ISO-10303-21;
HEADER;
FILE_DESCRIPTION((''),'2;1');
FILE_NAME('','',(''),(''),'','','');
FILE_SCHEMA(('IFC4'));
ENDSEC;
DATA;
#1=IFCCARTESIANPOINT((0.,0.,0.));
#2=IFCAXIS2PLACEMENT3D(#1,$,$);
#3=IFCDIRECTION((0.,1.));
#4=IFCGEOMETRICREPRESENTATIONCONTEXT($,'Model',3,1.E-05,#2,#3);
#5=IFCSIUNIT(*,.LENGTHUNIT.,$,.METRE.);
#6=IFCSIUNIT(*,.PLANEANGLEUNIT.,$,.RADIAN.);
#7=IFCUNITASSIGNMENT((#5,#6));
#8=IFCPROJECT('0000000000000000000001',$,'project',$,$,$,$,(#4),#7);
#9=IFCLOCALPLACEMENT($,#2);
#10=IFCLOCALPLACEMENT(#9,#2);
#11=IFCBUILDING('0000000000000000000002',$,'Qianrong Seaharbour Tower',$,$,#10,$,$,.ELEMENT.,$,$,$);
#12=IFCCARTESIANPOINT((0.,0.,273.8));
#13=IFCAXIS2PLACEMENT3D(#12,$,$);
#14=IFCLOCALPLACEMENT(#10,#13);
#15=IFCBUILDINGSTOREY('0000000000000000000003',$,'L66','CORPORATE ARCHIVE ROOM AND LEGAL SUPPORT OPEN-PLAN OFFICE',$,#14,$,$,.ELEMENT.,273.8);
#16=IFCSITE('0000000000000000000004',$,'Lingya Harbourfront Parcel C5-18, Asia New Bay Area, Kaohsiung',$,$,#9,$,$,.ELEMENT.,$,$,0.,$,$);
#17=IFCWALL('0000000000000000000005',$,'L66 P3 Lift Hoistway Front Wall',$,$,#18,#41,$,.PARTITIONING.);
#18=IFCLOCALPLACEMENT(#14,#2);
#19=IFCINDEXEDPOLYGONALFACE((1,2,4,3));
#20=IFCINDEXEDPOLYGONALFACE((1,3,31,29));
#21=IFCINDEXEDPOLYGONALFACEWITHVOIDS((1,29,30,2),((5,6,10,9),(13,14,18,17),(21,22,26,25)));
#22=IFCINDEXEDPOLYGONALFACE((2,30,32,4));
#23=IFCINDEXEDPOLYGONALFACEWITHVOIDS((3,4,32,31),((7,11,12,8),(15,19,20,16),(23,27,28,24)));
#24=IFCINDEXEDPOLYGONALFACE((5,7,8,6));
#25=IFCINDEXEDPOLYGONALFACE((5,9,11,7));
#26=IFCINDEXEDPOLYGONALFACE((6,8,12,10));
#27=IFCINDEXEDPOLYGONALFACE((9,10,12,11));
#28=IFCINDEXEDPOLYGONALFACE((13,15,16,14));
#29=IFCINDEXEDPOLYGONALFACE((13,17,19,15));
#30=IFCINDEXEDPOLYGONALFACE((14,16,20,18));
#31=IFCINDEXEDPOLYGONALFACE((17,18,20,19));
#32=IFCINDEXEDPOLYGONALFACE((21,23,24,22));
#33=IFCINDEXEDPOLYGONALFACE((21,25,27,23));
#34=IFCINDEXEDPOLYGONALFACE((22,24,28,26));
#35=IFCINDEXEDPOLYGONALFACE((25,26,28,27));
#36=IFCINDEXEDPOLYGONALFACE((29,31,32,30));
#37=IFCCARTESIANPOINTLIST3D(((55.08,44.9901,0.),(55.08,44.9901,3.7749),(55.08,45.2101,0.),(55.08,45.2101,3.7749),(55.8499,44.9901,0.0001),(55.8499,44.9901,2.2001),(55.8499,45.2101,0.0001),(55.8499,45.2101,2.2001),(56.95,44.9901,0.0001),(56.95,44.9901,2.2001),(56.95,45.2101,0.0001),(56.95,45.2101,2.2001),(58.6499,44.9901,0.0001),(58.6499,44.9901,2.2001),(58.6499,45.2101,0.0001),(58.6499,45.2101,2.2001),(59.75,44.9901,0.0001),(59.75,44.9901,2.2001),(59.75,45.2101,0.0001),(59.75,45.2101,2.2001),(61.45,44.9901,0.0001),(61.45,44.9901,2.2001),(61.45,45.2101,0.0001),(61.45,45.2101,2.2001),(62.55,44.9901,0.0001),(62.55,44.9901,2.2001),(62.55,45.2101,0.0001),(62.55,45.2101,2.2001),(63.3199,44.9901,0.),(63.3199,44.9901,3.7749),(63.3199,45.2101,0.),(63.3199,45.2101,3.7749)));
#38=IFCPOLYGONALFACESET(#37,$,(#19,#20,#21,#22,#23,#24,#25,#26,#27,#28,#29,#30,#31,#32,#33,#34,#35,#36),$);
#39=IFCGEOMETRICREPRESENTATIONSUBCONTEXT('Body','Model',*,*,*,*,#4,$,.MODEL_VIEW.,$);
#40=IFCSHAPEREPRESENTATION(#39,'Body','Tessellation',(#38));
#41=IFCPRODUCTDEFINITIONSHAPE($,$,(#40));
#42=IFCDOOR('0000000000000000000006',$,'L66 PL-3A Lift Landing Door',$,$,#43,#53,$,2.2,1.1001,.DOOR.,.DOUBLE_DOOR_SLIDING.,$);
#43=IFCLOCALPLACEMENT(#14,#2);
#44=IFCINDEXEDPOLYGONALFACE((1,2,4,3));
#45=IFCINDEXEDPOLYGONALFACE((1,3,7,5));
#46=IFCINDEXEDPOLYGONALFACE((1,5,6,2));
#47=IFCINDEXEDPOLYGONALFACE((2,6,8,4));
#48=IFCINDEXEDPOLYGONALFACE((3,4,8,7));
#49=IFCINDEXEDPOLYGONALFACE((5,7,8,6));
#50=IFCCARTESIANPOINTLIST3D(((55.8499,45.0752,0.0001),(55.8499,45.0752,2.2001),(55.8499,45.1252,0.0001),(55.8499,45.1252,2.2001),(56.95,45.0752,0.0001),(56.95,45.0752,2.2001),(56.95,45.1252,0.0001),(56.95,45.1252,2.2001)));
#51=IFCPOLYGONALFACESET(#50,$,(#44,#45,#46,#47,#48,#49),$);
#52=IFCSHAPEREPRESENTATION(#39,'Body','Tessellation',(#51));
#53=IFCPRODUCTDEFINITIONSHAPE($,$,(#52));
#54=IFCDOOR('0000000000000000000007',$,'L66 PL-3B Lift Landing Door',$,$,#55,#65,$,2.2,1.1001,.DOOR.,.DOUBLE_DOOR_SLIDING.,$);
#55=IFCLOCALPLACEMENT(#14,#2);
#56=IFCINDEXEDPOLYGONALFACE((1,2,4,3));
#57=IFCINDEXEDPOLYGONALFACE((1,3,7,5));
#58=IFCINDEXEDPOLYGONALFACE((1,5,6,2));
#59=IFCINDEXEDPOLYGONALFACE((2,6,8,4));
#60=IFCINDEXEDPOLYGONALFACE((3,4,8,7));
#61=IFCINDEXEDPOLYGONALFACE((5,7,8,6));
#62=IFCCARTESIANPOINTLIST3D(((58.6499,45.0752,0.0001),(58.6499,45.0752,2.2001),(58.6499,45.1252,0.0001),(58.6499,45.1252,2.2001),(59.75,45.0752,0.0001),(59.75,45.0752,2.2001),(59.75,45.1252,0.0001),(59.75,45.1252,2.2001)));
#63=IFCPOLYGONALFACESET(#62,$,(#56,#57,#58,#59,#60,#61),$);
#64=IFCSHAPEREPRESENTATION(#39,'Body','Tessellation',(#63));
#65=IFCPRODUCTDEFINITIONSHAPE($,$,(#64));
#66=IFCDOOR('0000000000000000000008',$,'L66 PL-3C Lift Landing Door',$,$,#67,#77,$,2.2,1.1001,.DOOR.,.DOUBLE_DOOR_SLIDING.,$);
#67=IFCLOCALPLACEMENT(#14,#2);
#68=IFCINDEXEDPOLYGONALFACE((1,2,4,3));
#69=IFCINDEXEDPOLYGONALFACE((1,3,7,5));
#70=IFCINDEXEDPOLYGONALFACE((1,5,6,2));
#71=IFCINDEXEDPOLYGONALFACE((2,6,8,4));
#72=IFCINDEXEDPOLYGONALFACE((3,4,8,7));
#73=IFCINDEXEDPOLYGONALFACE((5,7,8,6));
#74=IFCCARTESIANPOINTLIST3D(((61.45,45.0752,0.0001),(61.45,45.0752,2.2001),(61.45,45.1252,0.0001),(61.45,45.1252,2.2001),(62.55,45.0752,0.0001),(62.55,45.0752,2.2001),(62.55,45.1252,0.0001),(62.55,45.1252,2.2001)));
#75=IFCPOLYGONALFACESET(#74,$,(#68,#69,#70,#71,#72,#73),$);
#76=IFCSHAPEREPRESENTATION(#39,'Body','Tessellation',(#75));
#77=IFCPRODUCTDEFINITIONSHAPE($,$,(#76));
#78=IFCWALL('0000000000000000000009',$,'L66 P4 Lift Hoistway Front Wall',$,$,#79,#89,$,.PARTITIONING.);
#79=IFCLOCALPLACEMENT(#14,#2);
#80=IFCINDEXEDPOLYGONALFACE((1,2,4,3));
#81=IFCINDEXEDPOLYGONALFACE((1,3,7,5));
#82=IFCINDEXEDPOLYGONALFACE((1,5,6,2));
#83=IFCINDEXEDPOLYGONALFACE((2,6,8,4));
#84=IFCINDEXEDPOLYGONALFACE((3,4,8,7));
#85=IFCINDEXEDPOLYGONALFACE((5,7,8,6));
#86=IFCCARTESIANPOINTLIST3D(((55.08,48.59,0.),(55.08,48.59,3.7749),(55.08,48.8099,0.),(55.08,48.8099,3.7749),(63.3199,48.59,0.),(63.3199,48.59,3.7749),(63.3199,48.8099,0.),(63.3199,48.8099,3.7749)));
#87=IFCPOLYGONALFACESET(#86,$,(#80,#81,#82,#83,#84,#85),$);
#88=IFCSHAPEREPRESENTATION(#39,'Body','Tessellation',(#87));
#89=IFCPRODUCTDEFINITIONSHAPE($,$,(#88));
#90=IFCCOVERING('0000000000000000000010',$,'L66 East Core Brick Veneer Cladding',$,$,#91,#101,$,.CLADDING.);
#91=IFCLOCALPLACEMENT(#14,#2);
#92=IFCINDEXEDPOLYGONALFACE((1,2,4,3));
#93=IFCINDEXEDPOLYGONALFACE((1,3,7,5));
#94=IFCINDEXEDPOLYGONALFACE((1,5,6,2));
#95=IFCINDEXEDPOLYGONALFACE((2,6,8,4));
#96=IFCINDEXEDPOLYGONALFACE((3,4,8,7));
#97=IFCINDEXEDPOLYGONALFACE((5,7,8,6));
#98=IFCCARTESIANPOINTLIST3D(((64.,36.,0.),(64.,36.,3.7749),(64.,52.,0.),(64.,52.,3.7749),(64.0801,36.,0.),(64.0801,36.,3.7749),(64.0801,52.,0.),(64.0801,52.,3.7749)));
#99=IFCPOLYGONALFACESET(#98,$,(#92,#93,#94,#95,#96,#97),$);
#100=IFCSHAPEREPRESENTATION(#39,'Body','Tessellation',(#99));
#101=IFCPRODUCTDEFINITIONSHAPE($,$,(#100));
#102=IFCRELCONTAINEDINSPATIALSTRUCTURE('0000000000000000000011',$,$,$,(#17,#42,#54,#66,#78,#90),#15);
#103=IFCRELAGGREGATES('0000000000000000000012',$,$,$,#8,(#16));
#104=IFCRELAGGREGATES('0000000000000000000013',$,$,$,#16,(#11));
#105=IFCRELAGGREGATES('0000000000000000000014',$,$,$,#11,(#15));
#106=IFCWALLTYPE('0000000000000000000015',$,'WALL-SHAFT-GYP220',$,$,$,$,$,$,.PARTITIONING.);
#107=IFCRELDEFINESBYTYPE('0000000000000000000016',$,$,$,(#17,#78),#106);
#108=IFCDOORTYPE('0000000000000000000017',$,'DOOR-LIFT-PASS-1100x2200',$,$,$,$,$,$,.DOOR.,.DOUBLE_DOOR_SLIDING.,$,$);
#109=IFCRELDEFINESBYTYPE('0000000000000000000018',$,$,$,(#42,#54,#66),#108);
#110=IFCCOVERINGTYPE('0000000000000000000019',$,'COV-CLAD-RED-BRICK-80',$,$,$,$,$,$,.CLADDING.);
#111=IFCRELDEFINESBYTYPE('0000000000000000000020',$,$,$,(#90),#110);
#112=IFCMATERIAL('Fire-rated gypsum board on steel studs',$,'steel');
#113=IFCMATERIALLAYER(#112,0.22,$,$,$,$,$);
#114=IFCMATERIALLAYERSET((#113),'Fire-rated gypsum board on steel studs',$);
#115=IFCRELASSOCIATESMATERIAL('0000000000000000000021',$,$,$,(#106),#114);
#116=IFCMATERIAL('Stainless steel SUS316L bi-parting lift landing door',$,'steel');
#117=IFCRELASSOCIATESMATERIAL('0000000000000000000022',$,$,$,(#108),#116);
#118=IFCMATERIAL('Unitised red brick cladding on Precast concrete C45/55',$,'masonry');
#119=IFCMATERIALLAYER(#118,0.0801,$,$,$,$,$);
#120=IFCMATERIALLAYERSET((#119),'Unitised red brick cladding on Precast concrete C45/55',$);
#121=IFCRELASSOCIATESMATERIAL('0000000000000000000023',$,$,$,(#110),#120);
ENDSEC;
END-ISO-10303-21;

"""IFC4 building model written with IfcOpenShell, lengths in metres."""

from ifc_helpers import new_model, si_unit, direction, frame, frame_2d, origin, origin_2d, place, context, subcontext, project, spatial, rectangle, extrude, material, layer, layer_set, type_object, element, fill, save


model = new_model("IFC4")

# Units and contexts
model_context = context("Model", 3, precision=1e-05, world=origin(), true_north=direction((0.0, 1.0)))
body_context = subcontext(model_context, "Body", "Model", "MODEL_VIEW")
ifc_project = project(units=[si_unit("LENGTHUNIT", "METRE"), si_unit("PLANEANGLEUNIT", "RADIAN")], contexts=[model_context])

# Site, building, storey
site_placement = place(None, origin())
site = spatial("IfcSite", under=ifc_project, at=site_placement, Name="Lingya Harbourfront Parcel C5-18, Asia New Bay Area, Kaohsiung", CompositionType="ELEMENT", RefElevation=0.0)
building_placement = place(site_placement, origin())
building = spatial("IfcBuilding", under=site, at=building_placement, Name="Qianrong Seaharbour Tower", CompositionType="ELEMENT")
storey_placement = place(building_placement, frame((0.0, 0.0, 273.8)))
storey = spatial("IfcBuildingStorey", under=building, at=storey_placement, Name="L66", Description="CORPORATE ARCHIVE ROOM AND LEGAL SUPPORT OPEN-PLAN OFFICE", CompositionType="ELEMENT", Elevation=273.8)

# Shared definitions
ifc_material_1 = material(Name="Fire-rated gypsum board on steel studs", Category="steel")

# Wall, openings, doors
ifc_layer_1 = layer(ifc_material_1, 0.22)
ifc_layer_set_1 = layer_set([ifc_layer_1], Name="Fire-rated gypsum board on steel studs")
wall_type_1 = type_object("IfcWallType", Name="WALL-SHAFT-GYP220", PredefinedType="PARTITIONING", material=ifc_layer_set_1)
wall_1_placement = place(storey_placement, frame((63.3201, 45.1001, 0.0), z_axis=(0.0, 0.0, 1.0), x_axis=(-1.0, 0.0, 0.0)))
wall_1 = element("IfcWall", 1, at=wall_1_placement, inside=storey, type_object=wall_type_1, Name="L66 P3 Lift Hoistway Front Wall", PredefinedType="PARTITIONING", context=body_context, shape_type="SweptSolid", body=[
    extrude(rectangle(XDim=8.24, YDim=0.22, at=frame_2d((4.1201, 0.0))), origin(), (0.0, 0.0, 1.0), 3.7749),
])
opening_1_placement = place(wall_1_placement, frame((6.3701, 0.0, 0.0)))
opening_1 = element("IfcOpeningElement", 2, at=opening_1_placement, cuts=wall_1, PredefinedType="OPENING", context=body_context, shape_type="SweptSolid", body=[
    extrude(rectangle(XDim=1.1001, YDim=2.2, at=frame_2d((0.55, 1.1001))), frame((0.0, 0.1201, 0.0), z_axis=(0.0, -1.0, 0.0), x_axis=(1.0, 0.0, 0.0)), (0.0, 0.0, 1.0), 0.24),
])
opening_2_placement = place(wall_1_placement, frame((3.5701, 0.0, 0.0)))
opening_2 = element("IfcOpeningElement", 3, at=opening_2_placement, cuts=wall_1, PredefinedType="OPENING", context=body_context, shape_type="SweptSolid", body=[
    extrude(rectangle(XDim=1.1001, YDim=2.2, at=frame_2d((0.55, 1.1001))), frame((0.0, 0.1201, 0.0), z_axis=(0.0, -1.0, 0.0), x_axis=(1.0, 0.0, 0.0)), (0.0, 0.0, 1.0), 0.24),
])
opening_3_placement = place(wall_1_placement, frame((0.77, 0.0, 0.0)))
opening_3 = element("IfcOpeningElement", 4, at=opening_3_placement, cuts=wall_1, PredefinedType="OPENING", context=body_context, shape_type="SweptSolid", body=[
    extrude(rectangle(XDim=1.1001, YDim=2.2, at=frame_2d((0.55, 1.1001))), frame((0.0, 0.1201, 0.0), z_axis=(0.0, -1.0, 0.0), x_axis=(1.0, 0.0, 0.0)), (0.0, 0.0, 1.0), 0.24),
])
ifc_material_2 = material(Name="Stainless steel SUS316L bi-parting lift landing door", Category="steel")
door_type_1 = type_object("IfcDoorType", Name="DOOR-LIFT-PASS-1100x2200", OperationType="DOUBLE_DOOR_SLIDING", PredefinedType="DOOR", material=ifc_material_2)
door_1_placement = place(opening_1_placement, origin())
door_1 = element("IfcDoor", 5, at=door_1_placement, inside=storey, type_object=door_type_1, Name="L66 PL-3A Lift Landing Door", OperationType="DOUBLE_DOOR_SLIDING", OverallHeight=2.2, OverallWidth=1.1001, PredefinedType="DOOR", context=body_context, shape_type="SweptSolid", body=[
    extrude(rectangle(XDim=1.1001, YDim=2.2, at=frame_2d((0.55, 1.1001))), frame((0.0, 0.0249, 0.0), z_axis=(0.0, -1.0, 0.0), x_axis=(1.0, 0.0, 0.0)), (0.0, 0.0, 1.0), 0.05),
])
fill(opening_1, door_1)
door_2_placement = place(opening_2_placement, origin())
door_2 = element("IfcDoor", 6, at=door_2_placement, inside=storey, type_object=door_type_1, Name="L66 PL-3B Lift Landing Door", OperationType="DOUBLE_DOOR_SLIDING", OverallHeight=2.2, OverallWidth=1.1001, PredefinedType="DOOR", context=body_context, shape_type="SweptSolid", body=[
    extrude(rectangle(XDim=1.1001, YDim=2.2, at=frame_2d((0.55, 1.1001))), frame((0.0, 0.0249, 0.0), z_axis=(0.0, -1.0, 0.0), x_axis=(1.0, 0.0, 0.0)), (0.0, 0.0, 1.0), 0.05),
])
fill(opening_2, door_2)
door_3_placement = place(opening_3_placement, origin())
door_3 = element("IfcDoor", 7, at=door_3_placement, inside=storey, type_object=door_type_1, Name="L66 PL-3C Lift Landing Door", OperationType="DOUBLE_DOOR_SLIDING", OverallHeight=2.2, OverallWidth=1.1001, PredefinedType="DOOR", context=body_context, shape_type="SweptSolid", body=[
    extrude(rectangle(XDim=1.1001, YDim=2.2, at=frame_2d((0.55, 1.1001))), frame((0.0, 0.0249, 0.0), z_axis=(0.0, -1.0, 0.0), x_axis=(1.0, 0.0, 0.0)), (0.0, 0.0, 1.0), 0.05),
])
fill(opening_3, door_3)

# Wall
wall_2_placement = place(storey_placement, frame((63.3201, 48.7, 0.0), z_axis=(0.0, 0.0, 1.0), x_axis=(-1.0, 0.0, 0.0)))
element("IfcWall", 8, at=wall_2_placement, inside=storey, type_object=wall_type_1, Name="L66 P4 Lift Hoistway Front Wall", PredefinedType="PARTITIONING", context=body_context, shape_type="SweptSolid", body=[
    extrude(rectangle(XDim=8.24, YDim=0.22, at=frame_2d((4.1201, 0.0))), origin(), (0.0, 0.0, 1.0), 3.7749),
])

# Covering
ifc_material_3 = material(Name="Unitised red brick cladding on Precast concrete C45/55", Category="masonry")
ifc_layer_2 = layer(ifc_material_3, 0.0801)
ifc_layer_set_2 = layer_set([ifc_layer_2], Name="Unitised red brick cladding on Precast concrete C45/55")
covering_type = type_object("IfcCoveringType", Name="COV-CLAD-RED-BRICK-80", PredefinedType="CLADDING", material=ifc_layer_set_2)
covering_placement = place(storey_placement, frame((64.04, 44.0, 0.0), z_axis=(0.0, 0.0, 1.0), x_axis=(1.0, 0.0, 0.0)))
element("IfcCovering", 9, at=covering_placement, inside=storey, type_object=covering_type, Name="L66 East Core Brick Veneer Cladding", PredefinedType="CLADDING", context=body_context, shape_type="SweptSolid", body=[
    extrude(rectangle(XDim=0.0801, YDim=16.0, at=origin_2d()), origin(), (0.0, 0.0, 1.0), 3.7749),
])

save(model, "model.ifc")
